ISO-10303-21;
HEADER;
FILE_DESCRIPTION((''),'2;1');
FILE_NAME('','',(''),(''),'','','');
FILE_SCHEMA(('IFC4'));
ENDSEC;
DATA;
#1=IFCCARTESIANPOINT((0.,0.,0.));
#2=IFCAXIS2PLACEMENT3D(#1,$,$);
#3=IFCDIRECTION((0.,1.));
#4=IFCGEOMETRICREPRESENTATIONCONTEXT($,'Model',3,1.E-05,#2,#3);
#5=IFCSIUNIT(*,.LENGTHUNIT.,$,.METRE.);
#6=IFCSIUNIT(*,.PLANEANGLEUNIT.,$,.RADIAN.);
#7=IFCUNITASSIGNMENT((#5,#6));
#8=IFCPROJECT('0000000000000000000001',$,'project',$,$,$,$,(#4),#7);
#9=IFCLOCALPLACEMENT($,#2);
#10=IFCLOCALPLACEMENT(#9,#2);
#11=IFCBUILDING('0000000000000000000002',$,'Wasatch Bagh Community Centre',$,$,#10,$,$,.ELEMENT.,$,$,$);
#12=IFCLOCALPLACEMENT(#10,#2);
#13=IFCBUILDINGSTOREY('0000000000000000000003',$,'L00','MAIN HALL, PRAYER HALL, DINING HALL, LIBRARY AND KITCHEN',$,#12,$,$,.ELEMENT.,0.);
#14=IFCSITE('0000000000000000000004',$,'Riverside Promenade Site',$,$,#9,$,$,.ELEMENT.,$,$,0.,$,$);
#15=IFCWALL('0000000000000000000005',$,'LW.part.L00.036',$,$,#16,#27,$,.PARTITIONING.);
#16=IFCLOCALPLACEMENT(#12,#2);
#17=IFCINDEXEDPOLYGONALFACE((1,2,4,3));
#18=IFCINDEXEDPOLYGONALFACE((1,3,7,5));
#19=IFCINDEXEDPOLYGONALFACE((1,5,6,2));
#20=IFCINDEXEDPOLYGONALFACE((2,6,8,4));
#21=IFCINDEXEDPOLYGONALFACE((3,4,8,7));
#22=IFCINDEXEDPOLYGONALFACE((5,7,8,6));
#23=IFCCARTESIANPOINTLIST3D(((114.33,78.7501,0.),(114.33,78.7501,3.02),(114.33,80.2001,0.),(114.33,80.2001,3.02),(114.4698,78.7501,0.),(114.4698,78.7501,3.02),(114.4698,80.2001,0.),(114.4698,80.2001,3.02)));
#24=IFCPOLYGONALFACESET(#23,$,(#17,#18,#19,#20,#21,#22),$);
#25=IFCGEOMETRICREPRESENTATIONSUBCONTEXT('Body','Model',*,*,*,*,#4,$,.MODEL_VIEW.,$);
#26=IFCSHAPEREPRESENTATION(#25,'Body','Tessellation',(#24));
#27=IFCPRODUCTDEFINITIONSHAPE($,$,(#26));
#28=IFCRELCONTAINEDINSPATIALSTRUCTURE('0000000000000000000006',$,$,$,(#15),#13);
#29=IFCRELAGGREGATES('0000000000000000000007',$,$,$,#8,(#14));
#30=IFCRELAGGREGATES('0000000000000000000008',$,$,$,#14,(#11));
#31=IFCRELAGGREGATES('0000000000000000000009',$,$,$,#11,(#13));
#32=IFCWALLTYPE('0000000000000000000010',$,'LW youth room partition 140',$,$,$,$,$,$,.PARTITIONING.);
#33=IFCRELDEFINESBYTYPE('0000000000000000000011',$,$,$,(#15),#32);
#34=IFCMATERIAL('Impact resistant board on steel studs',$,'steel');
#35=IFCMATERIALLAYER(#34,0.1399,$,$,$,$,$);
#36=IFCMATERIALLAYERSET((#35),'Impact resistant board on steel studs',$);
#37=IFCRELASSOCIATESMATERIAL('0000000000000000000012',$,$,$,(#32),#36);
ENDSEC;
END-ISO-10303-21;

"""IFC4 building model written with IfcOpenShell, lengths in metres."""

from ifc_helpers import new_model, si_unit, direction, frame, frame_2d, origin, place, context, subcontext, project, spatial, rectangle, extrude, material, layer, layer_set, type_object, element, save


model = new_model("IFC4")

# Units and contexts
model_context = context("Model", 3, precision=1e-05, world=origin(), true_north=direction((0.0, 1.0)))
body_context = subcontext(model_context, "Body", "Model", "MODEL_VIEW")
ifc_project = project(units=[si_unit("LENGTHUNIT", "METRE"), si_unit("PLANEANGLEUNIT", "RADIAN")], contexts=[model_context])

# Site, building, storey
site_placement = place(None, origin())
site = spatial("IfcSite", under=ifc_project, at=site_placement, Name="Riverside Promenade Site", CompositionType="ELEMENT", RefElevation=0.0)
building_placement = place(site_placement, origin())
building = spatial("IfcBuilding", under=site, at=building_placement, Name="Wasatch Bagh Community Centre", CompositionType="ELEMENT")
storey_placement = place(building_placement, origin())
storey = spatial("IfcBuildingStorey", under=building, at=storey_placement, Name="L00", Description="MAIN HALL, PRAYER HALL, DINING HALL, LIBRARY AND KITCHEN", CompositionType="ELEMENT", Elevation=0.0)

# Wall
ifc_material_1 = material(Name="Impact resistant board on steel studs", Category="steel")
ifc_layer_1 = layer(ifc_material_1, 0.1399)
ifc_layer_set_1 = layer_set([ifc_layer_1], Name="Impact resistant board on steel studs")
wall_type_1 = type_object("IfcWallType", Name="LW youth room partition 140", PredefinedType="PARTITIONING", material=ifc_layer_set_1)
wall_1_placement = place(storey_placement, frame((114.3999, 78.75, 0.0), z_axis=(0.0, 0.0, 1.0), x_axis=(0.0, 1.0, 0.0)))
element("IfcWall", 1, at=wall_1_placement, inside=storey, type_object=wall_type_1, Name="LW.part.L00.036", PredefinedType="PARTITIONING", context=body_context, shape_type="SweptSolid", body=[
    extrude(rectangle(XDim=1.45, YDim=0.1399, at=frame_2d((0.7251, 0.0))), origin(), (0.0, 0.0, 1.0), 3.02),
])

save(model, "model.ifc")
